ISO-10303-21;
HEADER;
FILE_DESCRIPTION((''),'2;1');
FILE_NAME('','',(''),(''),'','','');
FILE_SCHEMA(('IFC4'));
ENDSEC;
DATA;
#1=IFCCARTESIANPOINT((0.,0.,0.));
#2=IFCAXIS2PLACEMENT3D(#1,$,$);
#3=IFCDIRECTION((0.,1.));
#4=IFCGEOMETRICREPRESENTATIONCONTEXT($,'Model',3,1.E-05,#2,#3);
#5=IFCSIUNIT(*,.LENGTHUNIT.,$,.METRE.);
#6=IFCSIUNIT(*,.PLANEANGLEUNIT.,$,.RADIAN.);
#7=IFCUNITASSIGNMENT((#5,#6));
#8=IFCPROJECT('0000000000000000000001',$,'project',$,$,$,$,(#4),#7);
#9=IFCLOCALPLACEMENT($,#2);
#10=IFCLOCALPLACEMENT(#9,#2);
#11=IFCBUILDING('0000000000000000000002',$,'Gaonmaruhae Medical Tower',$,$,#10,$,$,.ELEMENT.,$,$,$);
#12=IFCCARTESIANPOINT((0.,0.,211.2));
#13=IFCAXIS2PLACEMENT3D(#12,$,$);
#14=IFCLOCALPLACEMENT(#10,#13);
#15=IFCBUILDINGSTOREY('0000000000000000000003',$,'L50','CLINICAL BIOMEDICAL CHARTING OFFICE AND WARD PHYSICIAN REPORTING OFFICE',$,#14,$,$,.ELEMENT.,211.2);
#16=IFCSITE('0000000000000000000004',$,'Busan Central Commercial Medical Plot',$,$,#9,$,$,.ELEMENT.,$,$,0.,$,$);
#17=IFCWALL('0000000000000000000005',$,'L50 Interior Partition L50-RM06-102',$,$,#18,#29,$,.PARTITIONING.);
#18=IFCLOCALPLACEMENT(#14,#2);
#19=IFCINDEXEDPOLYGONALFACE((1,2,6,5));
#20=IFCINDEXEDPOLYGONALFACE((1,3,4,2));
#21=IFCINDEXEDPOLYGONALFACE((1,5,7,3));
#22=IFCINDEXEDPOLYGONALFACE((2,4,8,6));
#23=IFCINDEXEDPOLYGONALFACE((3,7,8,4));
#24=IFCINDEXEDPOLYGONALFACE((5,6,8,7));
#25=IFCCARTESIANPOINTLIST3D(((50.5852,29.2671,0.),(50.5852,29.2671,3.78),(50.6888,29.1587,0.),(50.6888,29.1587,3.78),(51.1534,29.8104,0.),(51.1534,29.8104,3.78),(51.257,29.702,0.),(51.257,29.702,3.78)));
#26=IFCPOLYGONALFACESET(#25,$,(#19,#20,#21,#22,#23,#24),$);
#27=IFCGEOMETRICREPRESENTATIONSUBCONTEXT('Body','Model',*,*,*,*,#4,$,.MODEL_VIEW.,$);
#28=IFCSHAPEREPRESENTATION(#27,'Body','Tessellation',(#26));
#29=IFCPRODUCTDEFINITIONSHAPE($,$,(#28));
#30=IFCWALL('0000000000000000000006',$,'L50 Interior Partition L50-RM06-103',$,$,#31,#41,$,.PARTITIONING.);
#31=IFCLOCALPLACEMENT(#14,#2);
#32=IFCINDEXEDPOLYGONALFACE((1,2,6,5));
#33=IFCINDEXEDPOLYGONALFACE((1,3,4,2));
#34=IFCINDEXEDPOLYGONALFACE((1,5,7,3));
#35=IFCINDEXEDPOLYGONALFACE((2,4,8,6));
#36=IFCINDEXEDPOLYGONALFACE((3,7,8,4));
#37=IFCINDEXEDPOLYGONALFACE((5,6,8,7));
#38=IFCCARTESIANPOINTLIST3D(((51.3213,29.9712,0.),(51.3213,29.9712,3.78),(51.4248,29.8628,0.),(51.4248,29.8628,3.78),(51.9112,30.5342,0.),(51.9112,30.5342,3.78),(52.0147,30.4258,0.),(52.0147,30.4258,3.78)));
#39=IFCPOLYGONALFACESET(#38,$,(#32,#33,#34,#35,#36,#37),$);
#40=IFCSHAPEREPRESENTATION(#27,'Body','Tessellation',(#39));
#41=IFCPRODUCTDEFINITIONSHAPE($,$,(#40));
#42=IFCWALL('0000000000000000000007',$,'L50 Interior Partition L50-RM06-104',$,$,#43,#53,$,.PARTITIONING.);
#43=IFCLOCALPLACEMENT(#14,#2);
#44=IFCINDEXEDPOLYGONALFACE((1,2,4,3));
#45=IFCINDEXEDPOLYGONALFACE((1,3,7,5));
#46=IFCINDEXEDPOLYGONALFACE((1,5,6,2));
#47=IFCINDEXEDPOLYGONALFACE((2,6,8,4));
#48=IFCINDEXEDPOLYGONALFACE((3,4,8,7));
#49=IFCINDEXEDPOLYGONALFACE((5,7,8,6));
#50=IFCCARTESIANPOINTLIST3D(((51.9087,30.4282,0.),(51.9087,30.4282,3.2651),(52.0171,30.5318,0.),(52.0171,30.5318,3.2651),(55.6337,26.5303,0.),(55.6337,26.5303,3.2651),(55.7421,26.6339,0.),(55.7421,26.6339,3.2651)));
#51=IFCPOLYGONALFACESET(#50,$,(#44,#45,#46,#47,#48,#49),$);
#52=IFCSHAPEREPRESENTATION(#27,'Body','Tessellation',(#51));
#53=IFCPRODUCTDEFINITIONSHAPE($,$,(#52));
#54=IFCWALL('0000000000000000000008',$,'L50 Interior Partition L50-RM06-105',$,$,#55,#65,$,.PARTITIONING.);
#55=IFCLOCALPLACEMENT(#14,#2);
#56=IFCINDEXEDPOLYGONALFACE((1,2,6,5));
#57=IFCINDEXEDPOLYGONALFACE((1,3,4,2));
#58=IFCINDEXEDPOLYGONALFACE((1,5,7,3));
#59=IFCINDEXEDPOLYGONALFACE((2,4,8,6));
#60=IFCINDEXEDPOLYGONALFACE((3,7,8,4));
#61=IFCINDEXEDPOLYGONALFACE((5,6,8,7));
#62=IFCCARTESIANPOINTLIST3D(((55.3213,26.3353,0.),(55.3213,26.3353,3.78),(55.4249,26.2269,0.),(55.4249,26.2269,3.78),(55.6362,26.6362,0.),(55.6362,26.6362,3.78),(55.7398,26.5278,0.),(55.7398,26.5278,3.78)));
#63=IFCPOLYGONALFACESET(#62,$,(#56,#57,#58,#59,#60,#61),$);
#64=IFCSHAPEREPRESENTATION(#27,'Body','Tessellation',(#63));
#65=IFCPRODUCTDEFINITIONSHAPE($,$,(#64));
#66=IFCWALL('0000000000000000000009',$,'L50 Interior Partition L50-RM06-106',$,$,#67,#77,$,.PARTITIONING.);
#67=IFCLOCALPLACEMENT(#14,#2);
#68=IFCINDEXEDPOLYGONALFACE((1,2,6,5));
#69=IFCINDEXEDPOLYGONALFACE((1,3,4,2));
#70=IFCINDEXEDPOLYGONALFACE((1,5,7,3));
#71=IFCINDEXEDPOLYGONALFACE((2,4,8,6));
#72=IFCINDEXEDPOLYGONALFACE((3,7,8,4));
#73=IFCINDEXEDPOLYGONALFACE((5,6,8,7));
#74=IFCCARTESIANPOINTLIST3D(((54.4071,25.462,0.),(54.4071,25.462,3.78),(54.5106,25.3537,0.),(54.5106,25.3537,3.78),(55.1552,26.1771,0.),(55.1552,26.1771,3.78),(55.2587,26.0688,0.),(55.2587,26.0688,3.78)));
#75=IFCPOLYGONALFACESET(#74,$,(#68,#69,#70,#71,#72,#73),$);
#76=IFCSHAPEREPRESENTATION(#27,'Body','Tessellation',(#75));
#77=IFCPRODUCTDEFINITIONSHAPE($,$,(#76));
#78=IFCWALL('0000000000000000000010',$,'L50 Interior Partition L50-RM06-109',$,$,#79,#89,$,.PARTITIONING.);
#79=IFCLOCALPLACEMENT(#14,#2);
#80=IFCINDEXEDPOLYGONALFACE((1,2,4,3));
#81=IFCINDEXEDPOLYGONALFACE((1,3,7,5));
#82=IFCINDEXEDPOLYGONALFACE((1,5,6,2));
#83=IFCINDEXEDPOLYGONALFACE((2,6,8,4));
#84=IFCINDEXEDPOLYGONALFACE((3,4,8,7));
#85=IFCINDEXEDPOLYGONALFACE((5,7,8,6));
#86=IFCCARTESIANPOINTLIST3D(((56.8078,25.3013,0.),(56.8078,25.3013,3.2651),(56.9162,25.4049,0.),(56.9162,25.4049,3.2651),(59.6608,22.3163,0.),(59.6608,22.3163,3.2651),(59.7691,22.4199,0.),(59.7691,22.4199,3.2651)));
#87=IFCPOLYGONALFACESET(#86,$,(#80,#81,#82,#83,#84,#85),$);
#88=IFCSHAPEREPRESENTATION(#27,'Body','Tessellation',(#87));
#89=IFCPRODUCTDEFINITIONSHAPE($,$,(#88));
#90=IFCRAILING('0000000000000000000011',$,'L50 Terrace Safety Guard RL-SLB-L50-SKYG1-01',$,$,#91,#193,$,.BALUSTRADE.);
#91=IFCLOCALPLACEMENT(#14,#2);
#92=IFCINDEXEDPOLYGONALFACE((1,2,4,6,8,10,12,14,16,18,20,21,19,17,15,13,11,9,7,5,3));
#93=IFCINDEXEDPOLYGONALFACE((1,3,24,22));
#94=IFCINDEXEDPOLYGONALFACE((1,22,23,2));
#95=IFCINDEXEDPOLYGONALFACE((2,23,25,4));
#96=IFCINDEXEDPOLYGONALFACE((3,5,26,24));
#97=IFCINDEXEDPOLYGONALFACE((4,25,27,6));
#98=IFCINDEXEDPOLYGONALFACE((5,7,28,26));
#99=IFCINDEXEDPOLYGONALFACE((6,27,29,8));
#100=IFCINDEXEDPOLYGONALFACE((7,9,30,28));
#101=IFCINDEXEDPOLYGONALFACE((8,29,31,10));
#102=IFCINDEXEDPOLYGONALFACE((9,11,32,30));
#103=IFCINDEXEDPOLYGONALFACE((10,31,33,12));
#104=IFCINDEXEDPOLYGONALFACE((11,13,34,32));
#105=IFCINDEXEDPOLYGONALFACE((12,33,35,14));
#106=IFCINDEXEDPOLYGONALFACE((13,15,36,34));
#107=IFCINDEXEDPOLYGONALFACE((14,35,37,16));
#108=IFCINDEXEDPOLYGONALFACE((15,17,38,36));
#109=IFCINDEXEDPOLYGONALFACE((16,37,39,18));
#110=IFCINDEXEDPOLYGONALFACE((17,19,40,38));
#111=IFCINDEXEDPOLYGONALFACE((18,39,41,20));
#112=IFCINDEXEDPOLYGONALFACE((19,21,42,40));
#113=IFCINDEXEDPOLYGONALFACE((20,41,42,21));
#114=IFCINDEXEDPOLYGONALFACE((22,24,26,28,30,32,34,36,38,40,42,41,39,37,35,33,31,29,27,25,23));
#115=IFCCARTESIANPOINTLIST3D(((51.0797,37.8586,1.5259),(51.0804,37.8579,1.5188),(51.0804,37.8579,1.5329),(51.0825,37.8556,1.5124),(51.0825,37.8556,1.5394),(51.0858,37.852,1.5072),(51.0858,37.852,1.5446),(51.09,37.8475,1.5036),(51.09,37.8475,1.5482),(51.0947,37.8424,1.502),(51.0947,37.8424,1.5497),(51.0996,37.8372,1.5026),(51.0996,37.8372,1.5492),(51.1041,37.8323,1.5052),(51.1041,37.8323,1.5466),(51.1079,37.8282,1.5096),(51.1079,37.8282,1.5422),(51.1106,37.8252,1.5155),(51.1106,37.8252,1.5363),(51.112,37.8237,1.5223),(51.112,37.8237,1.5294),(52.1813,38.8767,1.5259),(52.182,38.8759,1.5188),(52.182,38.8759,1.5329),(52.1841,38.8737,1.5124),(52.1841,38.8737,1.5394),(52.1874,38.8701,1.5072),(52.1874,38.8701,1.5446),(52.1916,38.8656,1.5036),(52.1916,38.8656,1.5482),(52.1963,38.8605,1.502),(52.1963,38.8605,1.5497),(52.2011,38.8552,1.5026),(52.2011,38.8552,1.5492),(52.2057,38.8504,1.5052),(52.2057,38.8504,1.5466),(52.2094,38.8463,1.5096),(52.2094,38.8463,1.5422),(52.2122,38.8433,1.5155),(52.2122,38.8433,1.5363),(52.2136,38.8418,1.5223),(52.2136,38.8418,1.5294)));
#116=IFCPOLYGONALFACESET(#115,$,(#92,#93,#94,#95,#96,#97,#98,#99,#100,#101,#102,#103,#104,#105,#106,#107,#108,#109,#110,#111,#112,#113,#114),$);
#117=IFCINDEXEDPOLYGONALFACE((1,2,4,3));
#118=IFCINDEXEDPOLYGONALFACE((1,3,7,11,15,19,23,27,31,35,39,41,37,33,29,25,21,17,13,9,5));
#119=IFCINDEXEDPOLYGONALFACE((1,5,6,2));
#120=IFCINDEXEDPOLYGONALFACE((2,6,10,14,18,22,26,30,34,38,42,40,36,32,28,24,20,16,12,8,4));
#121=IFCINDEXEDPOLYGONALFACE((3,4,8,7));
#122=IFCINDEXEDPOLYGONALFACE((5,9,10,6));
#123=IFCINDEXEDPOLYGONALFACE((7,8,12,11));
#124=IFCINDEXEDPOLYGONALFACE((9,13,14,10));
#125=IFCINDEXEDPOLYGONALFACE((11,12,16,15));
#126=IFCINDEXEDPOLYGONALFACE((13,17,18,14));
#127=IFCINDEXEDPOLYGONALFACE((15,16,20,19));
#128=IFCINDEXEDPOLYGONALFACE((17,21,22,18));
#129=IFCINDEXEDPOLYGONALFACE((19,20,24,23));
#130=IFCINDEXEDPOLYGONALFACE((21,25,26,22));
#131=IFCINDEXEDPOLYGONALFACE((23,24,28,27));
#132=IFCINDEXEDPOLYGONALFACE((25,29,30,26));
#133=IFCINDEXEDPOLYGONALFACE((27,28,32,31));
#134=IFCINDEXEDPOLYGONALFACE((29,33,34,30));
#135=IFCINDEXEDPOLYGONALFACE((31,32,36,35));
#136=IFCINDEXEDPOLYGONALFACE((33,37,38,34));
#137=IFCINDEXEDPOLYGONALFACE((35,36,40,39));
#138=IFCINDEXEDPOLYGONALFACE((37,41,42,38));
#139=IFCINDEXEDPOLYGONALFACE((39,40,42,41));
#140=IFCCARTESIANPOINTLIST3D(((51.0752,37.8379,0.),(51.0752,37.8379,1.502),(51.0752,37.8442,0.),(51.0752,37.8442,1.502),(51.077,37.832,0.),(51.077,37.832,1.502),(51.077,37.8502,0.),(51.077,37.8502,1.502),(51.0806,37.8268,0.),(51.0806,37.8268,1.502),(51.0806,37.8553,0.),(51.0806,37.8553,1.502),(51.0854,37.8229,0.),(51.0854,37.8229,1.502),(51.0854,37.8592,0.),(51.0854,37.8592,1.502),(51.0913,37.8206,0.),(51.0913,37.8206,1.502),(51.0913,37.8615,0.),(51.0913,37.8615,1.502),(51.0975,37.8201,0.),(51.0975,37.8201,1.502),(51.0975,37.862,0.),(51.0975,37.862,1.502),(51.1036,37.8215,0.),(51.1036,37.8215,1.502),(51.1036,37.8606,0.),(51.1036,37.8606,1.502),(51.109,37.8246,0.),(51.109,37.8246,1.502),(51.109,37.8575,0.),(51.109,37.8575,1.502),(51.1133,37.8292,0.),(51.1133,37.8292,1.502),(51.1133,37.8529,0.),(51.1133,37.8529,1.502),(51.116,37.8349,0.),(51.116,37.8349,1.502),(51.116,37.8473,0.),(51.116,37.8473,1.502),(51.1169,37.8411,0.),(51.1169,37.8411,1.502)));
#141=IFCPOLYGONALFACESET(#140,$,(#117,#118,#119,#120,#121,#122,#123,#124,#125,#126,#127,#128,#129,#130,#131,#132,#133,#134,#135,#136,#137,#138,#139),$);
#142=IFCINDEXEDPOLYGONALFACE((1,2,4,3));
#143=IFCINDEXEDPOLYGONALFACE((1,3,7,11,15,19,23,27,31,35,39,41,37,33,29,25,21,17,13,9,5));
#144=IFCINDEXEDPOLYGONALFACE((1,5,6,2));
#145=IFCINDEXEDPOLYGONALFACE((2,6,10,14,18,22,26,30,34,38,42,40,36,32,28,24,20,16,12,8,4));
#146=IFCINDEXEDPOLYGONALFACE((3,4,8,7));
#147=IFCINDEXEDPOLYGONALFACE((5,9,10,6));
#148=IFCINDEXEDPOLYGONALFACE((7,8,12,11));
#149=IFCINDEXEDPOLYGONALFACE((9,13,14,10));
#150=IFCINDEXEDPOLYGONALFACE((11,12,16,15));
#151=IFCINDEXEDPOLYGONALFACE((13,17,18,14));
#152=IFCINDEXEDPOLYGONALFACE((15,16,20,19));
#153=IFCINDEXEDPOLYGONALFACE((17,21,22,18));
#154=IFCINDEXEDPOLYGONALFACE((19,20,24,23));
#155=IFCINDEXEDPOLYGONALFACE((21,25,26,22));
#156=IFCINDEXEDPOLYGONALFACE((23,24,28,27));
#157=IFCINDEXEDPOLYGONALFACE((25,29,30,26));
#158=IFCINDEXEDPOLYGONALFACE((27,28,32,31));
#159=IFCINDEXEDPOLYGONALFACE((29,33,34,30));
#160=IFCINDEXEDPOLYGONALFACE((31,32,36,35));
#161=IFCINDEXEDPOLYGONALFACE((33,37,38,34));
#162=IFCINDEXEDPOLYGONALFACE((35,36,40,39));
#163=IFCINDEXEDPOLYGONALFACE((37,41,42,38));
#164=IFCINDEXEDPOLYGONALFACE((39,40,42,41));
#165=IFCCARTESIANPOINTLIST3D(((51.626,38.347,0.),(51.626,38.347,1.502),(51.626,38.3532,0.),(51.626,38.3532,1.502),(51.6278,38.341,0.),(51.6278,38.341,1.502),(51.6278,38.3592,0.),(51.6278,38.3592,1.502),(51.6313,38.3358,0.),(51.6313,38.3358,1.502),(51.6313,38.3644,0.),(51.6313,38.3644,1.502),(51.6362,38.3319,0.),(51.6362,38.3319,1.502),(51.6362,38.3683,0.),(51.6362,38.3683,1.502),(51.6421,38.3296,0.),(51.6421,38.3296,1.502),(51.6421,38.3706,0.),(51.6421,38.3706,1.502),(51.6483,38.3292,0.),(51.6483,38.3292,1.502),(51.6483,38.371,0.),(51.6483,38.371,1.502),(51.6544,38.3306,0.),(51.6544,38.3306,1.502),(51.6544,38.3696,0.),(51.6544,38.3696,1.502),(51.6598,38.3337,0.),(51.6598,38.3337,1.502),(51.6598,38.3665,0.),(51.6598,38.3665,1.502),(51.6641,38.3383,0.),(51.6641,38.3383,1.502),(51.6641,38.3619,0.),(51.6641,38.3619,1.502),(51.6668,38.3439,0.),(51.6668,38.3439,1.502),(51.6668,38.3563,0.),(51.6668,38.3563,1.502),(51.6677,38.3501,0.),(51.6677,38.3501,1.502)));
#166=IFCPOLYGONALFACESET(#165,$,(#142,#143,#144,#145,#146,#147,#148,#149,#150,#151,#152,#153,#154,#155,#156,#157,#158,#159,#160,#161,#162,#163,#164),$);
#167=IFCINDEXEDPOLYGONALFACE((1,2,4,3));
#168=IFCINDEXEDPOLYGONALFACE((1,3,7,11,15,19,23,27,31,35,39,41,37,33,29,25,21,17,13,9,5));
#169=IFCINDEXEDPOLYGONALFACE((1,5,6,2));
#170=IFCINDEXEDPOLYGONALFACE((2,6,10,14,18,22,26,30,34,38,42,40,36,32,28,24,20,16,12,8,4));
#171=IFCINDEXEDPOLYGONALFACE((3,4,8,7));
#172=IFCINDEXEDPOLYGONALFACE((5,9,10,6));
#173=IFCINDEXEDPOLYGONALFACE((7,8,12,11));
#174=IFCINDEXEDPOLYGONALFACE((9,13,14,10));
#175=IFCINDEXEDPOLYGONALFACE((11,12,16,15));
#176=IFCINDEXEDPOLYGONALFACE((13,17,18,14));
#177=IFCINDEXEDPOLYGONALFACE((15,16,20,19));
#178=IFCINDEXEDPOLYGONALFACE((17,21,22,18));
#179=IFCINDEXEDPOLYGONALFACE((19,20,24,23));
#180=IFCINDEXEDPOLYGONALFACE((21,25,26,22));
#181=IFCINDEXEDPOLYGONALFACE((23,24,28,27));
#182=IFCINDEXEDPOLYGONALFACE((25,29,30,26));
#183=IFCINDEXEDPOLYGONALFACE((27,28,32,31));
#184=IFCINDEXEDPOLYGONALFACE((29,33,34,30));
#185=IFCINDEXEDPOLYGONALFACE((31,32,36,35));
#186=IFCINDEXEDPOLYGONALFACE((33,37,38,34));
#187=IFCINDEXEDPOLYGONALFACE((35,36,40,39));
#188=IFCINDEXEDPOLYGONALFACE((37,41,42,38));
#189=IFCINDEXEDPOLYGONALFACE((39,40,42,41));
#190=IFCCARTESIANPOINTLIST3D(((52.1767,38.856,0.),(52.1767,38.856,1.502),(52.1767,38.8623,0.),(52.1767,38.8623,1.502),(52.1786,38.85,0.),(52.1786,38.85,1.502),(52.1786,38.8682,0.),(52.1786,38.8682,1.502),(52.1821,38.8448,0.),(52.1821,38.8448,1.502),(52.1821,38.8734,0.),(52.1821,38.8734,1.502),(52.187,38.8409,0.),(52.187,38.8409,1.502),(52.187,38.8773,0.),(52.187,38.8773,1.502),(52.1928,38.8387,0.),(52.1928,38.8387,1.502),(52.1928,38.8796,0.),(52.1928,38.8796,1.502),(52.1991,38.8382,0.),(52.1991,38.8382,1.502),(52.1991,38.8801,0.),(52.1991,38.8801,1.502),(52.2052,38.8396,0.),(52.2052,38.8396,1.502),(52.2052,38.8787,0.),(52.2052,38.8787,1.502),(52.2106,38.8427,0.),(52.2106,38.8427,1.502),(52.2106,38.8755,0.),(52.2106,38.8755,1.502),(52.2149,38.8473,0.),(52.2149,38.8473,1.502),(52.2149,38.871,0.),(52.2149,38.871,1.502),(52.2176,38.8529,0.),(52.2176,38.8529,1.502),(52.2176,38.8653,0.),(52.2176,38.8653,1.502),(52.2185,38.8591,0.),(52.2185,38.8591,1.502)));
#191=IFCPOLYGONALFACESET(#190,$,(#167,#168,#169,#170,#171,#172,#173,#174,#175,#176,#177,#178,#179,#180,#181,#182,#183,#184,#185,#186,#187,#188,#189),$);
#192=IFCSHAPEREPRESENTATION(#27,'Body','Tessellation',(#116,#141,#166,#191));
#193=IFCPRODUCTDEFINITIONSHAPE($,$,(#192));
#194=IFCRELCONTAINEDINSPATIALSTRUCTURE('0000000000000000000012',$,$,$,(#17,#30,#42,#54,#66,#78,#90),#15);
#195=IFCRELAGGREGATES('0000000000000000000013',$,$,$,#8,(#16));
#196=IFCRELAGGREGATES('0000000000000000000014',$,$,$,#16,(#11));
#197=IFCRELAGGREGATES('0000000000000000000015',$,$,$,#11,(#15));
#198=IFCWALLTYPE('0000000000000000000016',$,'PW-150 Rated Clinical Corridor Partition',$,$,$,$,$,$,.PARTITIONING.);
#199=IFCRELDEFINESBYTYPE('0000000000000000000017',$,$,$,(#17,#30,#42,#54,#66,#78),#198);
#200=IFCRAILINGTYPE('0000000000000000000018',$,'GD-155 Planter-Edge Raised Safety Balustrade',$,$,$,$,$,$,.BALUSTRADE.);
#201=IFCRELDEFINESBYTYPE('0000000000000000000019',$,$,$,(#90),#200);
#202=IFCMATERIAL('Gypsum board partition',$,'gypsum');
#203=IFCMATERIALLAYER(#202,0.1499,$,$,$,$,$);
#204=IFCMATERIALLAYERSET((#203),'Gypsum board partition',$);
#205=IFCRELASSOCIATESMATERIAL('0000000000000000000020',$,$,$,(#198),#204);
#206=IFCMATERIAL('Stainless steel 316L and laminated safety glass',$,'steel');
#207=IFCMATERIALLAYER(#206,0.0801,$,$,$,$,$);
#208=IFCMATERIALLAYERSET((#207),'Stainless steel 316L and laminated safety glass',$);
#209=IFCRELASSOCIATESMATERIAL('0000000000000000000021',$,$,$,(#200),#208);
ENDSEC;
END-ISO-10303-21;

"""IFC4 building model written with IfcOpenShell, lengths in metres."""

from ifc_helpers import new_model, si_unit, direction, frame, frame_2d, origin, origin_2d, place, context, subcontext, project, spatial, rectangle, circle, extrude, material, layer, layer_set, type_object, element, save


model = new_model("IFC4")

# Units and contexts
model_context = context("Model", 3, precision=1e-05, world=origin(), true_north=direction((0.0, 1.0)))
body_context = subcontext(model_context, "Body", "Model", "MODEL_VIEW")
ifc_project = project(units=[si_unit("LENGTHUNIT", "METRE"), si_unit("PLANEANGLEUNIT", "RADIAN")], contexts=[model_context])

# Site, building, storey
site_placement = place(None, origin())
site = spatial("IfcSite", under=ifc_project, at=site_placement, Name="Busan Central Commercial Medical Plot", CompositionType="ELEMENT", RefElevation=0.0)
building_placement = place(site_placement, origin())
building = spatial("IfcBuilding", under=site, at=building_placement, Name="Gaonmaruhae Medical Tower", CompositionType="ELEMENT")
storey_placement = place(building_placement, frame((0.0, 0.0, 211.2)))
storey = spatial("IfcBuildingStorey", under=building, at=storey_placement, Name="L50", Description="CLINICAL BIOMEDICAL CHARTING OFFICE AND WARD PHYSICIAN REPORTING OFFICE", CompositionType="ELEMENT", Elevation=211.2)

# Shared definitions
ifc_material_1 = material(Name="Gypsum board partition", Category="gypsum")
ifc_layer_1 = layer(ifc_material_1, 0.1499)
ifc_layer_set_1 = layer_set([ifc_layer_1], Name="Gypsum board partition")
wall_type_1 = type_object("IfcWallType", Name="PW-150 Rated Clinical Corridor Partition", PredefinedType="PARTITIONING", material=ifc_layer_set_1)

# Walls
wall_1_placement = place(storey_placement, frame((50.637, 29.2129, 0.0), z_axis=(0.0, 0.0, 1.0), x_axis=(0.72277, 0.691089, 0.0)))
element("IfcWall", 1, at=wall_1_placement, inside=storey, type_object=wall_type_1, Name="L50 Interior Partition L50-RM06-102", PredefinedType="PARTITIONING", context=body_context, shape_type="SweptSolid", body=[
    extrude(rectangle(XDim=0.7861, YDim=0.1499, at=frame_2d((0.3931, 0.0))), origin(), (0.0, 0.0, 1.0), 3.78),
])
wall_2_placement = place(storey_placement, frame((51.373, 29.917, 0.0), z_axis=(0.0, 0.0, 1.0), x_axis=(0.723383, 0.690447, 0.0)))
element("IfcWall", 2, at=wall_2_placement, inside=storey, type_object=wall_type_1, Name="L50 Interior Partition L50-RM06-103", PredefinedType="PARTITIONING", context=body_context, shape_type="SweptSolid", body=[
    extrude(rectangle(XDim=0.8154, YDim=0.1499, at=frame_2d((0.4077, 0.0))), origin(), (0.0, 0.0, 1.0), 3.78),
])
wall_3_placement = place(storey_placement, frame((51.9629, 30.48, 0.0), z_axis=(0.0, 0.0, 1.0), x_axis=(0.690896, -0.722955, 0.0)))
element("IfcWall", 3, at=wall_3_placement, inside=storey, type_object=wall_type_1, Name="L50 Interior Partition L50-RM06-104", PredefinedType="PARTITIONING", context=body_context, shape_type="SweptSolid", body=[
    extrude(rectangle(XDim=5.3916, YDim=0.1499, at=frame_2d((2.6958, 0.0))), origin(), (0.0, 0.0, 1.0), 3.2651),
])
wall_4_placement = place(storey_placement, frame((55.688, 26.582, 0.0), z_axis=(0.0, 0.0, 1.0), x_axis=(-0.722897, -0.690955, 0.0)))
element("IfcWall", 4, at=wall_4_placement, inside=storey, type_object=wall_type_1, Name="L50 Interior Partition L50-RM06-105", PredefinedType="PARTITIONING", context=body_context, shape_type="SweptSolid", body=[
    extrude(rectangle(XDim=0.4355, YDim=0.1499, at=frame_2d((0.2178, 0.0))), origin(), (0.0, 0.0, 1.0), 3.78),
])
wall_5_placement = place(storey_placement, frame((55.207, 26.123, 0.0), z_axis=(0.0, 0.0, 1.0), x_axis=(-0.722852, -0.691003, 0.0)))
element("IfcWall", 5, at=wall_5_placement, inside=storey, type_object=wall_type_1, Name="L50 Interior Partition L50-RM06-106", PredefinedType="PARTITIONING", context=body_context, shape_type="SweptSolid", body=[
    extrude(rectangle(XDim=1.0349, YDim=0.1499, at=frame_2d((0.5176, 0.0))), origin(), (0.0, 0.0, 1.0), 3.78),
])
wall_6_placement = place(storey_placement, frame((56.8621, 25.353, 0.0), z_axis=(0.0, 0.0, 1.0), x_axis=(0.690933, -0.722919, 0.0)))
element("IfcWall", 6, at=wall_6_placement, inside=storey, type_object=wall_type_1, Name="L50 Interior Partition L50-RM06-109", PredefinedType="PARTITIONING", context=body_context, shape_type="SweptSolid", body=[
    extrude(rectangle(XDim=4.1292, YDim=0.1499, at=frame_2d((2.0645, 0.0))), origin(), (0.0, 0.0, 1.0), 3.2651),
])

# Railing
ifc_material_2 = material(Name="Stainless steel 316L and laminated safety glass", Category="steel")
ifc_layer_2 = layer(ifc_material_2, 0.0801)
ifc_layer_set_2 = layer_set([ifc_layer_2], Name="Stainless steel 316L and laminated safety glass")
railing_type = type_object("IfcRailingType", Name="GD-155 Planter-Edge Raised Safety Balustrade", PredefinedType="BALUSTRADE", material=ifc_layer_set_2)
railing_1_placement = place(storey_placement, frame((51.0959, 37.8411, 0.0)))
element("IfcRailing", 7, at=railing_1_placement, inside=storey, type_object=railing_type, Name="L50 Terrace Safety Guard RL-SLB-L50-SKYG1-01", PredefinedType="BALUSTRADE", context=body_context, shape_type="SweptSolid", body=[
    extrude(circle(Radius=0.0239, at=origin_2d()), frame((0.0, 0.0, 1.5259), z_axis=(0.734391, 0.678726, 0.0), x_axis=(-0.678726, 0.734391, 0.0)), (0.0, 0.0, 1.0), 1.5),
    extrude(circle(Radius=0.021, at=origin_2d()), origin(), (0.0, 0.0, 1.0), 1.502),
    extrude(circle(Radius=0.021, at=origin_2d()), frame((0.5508, 0.509, 0.0)), (0.0, 0.0, 1.0), 1.502),
    extrude(circle(Radius=0.021, at=origin_2d()), frame((1.1016, 1.0181, 0.0)), (0.0, 0.0, 1.0), 1.502),
])

save(model, "model.ifc")
